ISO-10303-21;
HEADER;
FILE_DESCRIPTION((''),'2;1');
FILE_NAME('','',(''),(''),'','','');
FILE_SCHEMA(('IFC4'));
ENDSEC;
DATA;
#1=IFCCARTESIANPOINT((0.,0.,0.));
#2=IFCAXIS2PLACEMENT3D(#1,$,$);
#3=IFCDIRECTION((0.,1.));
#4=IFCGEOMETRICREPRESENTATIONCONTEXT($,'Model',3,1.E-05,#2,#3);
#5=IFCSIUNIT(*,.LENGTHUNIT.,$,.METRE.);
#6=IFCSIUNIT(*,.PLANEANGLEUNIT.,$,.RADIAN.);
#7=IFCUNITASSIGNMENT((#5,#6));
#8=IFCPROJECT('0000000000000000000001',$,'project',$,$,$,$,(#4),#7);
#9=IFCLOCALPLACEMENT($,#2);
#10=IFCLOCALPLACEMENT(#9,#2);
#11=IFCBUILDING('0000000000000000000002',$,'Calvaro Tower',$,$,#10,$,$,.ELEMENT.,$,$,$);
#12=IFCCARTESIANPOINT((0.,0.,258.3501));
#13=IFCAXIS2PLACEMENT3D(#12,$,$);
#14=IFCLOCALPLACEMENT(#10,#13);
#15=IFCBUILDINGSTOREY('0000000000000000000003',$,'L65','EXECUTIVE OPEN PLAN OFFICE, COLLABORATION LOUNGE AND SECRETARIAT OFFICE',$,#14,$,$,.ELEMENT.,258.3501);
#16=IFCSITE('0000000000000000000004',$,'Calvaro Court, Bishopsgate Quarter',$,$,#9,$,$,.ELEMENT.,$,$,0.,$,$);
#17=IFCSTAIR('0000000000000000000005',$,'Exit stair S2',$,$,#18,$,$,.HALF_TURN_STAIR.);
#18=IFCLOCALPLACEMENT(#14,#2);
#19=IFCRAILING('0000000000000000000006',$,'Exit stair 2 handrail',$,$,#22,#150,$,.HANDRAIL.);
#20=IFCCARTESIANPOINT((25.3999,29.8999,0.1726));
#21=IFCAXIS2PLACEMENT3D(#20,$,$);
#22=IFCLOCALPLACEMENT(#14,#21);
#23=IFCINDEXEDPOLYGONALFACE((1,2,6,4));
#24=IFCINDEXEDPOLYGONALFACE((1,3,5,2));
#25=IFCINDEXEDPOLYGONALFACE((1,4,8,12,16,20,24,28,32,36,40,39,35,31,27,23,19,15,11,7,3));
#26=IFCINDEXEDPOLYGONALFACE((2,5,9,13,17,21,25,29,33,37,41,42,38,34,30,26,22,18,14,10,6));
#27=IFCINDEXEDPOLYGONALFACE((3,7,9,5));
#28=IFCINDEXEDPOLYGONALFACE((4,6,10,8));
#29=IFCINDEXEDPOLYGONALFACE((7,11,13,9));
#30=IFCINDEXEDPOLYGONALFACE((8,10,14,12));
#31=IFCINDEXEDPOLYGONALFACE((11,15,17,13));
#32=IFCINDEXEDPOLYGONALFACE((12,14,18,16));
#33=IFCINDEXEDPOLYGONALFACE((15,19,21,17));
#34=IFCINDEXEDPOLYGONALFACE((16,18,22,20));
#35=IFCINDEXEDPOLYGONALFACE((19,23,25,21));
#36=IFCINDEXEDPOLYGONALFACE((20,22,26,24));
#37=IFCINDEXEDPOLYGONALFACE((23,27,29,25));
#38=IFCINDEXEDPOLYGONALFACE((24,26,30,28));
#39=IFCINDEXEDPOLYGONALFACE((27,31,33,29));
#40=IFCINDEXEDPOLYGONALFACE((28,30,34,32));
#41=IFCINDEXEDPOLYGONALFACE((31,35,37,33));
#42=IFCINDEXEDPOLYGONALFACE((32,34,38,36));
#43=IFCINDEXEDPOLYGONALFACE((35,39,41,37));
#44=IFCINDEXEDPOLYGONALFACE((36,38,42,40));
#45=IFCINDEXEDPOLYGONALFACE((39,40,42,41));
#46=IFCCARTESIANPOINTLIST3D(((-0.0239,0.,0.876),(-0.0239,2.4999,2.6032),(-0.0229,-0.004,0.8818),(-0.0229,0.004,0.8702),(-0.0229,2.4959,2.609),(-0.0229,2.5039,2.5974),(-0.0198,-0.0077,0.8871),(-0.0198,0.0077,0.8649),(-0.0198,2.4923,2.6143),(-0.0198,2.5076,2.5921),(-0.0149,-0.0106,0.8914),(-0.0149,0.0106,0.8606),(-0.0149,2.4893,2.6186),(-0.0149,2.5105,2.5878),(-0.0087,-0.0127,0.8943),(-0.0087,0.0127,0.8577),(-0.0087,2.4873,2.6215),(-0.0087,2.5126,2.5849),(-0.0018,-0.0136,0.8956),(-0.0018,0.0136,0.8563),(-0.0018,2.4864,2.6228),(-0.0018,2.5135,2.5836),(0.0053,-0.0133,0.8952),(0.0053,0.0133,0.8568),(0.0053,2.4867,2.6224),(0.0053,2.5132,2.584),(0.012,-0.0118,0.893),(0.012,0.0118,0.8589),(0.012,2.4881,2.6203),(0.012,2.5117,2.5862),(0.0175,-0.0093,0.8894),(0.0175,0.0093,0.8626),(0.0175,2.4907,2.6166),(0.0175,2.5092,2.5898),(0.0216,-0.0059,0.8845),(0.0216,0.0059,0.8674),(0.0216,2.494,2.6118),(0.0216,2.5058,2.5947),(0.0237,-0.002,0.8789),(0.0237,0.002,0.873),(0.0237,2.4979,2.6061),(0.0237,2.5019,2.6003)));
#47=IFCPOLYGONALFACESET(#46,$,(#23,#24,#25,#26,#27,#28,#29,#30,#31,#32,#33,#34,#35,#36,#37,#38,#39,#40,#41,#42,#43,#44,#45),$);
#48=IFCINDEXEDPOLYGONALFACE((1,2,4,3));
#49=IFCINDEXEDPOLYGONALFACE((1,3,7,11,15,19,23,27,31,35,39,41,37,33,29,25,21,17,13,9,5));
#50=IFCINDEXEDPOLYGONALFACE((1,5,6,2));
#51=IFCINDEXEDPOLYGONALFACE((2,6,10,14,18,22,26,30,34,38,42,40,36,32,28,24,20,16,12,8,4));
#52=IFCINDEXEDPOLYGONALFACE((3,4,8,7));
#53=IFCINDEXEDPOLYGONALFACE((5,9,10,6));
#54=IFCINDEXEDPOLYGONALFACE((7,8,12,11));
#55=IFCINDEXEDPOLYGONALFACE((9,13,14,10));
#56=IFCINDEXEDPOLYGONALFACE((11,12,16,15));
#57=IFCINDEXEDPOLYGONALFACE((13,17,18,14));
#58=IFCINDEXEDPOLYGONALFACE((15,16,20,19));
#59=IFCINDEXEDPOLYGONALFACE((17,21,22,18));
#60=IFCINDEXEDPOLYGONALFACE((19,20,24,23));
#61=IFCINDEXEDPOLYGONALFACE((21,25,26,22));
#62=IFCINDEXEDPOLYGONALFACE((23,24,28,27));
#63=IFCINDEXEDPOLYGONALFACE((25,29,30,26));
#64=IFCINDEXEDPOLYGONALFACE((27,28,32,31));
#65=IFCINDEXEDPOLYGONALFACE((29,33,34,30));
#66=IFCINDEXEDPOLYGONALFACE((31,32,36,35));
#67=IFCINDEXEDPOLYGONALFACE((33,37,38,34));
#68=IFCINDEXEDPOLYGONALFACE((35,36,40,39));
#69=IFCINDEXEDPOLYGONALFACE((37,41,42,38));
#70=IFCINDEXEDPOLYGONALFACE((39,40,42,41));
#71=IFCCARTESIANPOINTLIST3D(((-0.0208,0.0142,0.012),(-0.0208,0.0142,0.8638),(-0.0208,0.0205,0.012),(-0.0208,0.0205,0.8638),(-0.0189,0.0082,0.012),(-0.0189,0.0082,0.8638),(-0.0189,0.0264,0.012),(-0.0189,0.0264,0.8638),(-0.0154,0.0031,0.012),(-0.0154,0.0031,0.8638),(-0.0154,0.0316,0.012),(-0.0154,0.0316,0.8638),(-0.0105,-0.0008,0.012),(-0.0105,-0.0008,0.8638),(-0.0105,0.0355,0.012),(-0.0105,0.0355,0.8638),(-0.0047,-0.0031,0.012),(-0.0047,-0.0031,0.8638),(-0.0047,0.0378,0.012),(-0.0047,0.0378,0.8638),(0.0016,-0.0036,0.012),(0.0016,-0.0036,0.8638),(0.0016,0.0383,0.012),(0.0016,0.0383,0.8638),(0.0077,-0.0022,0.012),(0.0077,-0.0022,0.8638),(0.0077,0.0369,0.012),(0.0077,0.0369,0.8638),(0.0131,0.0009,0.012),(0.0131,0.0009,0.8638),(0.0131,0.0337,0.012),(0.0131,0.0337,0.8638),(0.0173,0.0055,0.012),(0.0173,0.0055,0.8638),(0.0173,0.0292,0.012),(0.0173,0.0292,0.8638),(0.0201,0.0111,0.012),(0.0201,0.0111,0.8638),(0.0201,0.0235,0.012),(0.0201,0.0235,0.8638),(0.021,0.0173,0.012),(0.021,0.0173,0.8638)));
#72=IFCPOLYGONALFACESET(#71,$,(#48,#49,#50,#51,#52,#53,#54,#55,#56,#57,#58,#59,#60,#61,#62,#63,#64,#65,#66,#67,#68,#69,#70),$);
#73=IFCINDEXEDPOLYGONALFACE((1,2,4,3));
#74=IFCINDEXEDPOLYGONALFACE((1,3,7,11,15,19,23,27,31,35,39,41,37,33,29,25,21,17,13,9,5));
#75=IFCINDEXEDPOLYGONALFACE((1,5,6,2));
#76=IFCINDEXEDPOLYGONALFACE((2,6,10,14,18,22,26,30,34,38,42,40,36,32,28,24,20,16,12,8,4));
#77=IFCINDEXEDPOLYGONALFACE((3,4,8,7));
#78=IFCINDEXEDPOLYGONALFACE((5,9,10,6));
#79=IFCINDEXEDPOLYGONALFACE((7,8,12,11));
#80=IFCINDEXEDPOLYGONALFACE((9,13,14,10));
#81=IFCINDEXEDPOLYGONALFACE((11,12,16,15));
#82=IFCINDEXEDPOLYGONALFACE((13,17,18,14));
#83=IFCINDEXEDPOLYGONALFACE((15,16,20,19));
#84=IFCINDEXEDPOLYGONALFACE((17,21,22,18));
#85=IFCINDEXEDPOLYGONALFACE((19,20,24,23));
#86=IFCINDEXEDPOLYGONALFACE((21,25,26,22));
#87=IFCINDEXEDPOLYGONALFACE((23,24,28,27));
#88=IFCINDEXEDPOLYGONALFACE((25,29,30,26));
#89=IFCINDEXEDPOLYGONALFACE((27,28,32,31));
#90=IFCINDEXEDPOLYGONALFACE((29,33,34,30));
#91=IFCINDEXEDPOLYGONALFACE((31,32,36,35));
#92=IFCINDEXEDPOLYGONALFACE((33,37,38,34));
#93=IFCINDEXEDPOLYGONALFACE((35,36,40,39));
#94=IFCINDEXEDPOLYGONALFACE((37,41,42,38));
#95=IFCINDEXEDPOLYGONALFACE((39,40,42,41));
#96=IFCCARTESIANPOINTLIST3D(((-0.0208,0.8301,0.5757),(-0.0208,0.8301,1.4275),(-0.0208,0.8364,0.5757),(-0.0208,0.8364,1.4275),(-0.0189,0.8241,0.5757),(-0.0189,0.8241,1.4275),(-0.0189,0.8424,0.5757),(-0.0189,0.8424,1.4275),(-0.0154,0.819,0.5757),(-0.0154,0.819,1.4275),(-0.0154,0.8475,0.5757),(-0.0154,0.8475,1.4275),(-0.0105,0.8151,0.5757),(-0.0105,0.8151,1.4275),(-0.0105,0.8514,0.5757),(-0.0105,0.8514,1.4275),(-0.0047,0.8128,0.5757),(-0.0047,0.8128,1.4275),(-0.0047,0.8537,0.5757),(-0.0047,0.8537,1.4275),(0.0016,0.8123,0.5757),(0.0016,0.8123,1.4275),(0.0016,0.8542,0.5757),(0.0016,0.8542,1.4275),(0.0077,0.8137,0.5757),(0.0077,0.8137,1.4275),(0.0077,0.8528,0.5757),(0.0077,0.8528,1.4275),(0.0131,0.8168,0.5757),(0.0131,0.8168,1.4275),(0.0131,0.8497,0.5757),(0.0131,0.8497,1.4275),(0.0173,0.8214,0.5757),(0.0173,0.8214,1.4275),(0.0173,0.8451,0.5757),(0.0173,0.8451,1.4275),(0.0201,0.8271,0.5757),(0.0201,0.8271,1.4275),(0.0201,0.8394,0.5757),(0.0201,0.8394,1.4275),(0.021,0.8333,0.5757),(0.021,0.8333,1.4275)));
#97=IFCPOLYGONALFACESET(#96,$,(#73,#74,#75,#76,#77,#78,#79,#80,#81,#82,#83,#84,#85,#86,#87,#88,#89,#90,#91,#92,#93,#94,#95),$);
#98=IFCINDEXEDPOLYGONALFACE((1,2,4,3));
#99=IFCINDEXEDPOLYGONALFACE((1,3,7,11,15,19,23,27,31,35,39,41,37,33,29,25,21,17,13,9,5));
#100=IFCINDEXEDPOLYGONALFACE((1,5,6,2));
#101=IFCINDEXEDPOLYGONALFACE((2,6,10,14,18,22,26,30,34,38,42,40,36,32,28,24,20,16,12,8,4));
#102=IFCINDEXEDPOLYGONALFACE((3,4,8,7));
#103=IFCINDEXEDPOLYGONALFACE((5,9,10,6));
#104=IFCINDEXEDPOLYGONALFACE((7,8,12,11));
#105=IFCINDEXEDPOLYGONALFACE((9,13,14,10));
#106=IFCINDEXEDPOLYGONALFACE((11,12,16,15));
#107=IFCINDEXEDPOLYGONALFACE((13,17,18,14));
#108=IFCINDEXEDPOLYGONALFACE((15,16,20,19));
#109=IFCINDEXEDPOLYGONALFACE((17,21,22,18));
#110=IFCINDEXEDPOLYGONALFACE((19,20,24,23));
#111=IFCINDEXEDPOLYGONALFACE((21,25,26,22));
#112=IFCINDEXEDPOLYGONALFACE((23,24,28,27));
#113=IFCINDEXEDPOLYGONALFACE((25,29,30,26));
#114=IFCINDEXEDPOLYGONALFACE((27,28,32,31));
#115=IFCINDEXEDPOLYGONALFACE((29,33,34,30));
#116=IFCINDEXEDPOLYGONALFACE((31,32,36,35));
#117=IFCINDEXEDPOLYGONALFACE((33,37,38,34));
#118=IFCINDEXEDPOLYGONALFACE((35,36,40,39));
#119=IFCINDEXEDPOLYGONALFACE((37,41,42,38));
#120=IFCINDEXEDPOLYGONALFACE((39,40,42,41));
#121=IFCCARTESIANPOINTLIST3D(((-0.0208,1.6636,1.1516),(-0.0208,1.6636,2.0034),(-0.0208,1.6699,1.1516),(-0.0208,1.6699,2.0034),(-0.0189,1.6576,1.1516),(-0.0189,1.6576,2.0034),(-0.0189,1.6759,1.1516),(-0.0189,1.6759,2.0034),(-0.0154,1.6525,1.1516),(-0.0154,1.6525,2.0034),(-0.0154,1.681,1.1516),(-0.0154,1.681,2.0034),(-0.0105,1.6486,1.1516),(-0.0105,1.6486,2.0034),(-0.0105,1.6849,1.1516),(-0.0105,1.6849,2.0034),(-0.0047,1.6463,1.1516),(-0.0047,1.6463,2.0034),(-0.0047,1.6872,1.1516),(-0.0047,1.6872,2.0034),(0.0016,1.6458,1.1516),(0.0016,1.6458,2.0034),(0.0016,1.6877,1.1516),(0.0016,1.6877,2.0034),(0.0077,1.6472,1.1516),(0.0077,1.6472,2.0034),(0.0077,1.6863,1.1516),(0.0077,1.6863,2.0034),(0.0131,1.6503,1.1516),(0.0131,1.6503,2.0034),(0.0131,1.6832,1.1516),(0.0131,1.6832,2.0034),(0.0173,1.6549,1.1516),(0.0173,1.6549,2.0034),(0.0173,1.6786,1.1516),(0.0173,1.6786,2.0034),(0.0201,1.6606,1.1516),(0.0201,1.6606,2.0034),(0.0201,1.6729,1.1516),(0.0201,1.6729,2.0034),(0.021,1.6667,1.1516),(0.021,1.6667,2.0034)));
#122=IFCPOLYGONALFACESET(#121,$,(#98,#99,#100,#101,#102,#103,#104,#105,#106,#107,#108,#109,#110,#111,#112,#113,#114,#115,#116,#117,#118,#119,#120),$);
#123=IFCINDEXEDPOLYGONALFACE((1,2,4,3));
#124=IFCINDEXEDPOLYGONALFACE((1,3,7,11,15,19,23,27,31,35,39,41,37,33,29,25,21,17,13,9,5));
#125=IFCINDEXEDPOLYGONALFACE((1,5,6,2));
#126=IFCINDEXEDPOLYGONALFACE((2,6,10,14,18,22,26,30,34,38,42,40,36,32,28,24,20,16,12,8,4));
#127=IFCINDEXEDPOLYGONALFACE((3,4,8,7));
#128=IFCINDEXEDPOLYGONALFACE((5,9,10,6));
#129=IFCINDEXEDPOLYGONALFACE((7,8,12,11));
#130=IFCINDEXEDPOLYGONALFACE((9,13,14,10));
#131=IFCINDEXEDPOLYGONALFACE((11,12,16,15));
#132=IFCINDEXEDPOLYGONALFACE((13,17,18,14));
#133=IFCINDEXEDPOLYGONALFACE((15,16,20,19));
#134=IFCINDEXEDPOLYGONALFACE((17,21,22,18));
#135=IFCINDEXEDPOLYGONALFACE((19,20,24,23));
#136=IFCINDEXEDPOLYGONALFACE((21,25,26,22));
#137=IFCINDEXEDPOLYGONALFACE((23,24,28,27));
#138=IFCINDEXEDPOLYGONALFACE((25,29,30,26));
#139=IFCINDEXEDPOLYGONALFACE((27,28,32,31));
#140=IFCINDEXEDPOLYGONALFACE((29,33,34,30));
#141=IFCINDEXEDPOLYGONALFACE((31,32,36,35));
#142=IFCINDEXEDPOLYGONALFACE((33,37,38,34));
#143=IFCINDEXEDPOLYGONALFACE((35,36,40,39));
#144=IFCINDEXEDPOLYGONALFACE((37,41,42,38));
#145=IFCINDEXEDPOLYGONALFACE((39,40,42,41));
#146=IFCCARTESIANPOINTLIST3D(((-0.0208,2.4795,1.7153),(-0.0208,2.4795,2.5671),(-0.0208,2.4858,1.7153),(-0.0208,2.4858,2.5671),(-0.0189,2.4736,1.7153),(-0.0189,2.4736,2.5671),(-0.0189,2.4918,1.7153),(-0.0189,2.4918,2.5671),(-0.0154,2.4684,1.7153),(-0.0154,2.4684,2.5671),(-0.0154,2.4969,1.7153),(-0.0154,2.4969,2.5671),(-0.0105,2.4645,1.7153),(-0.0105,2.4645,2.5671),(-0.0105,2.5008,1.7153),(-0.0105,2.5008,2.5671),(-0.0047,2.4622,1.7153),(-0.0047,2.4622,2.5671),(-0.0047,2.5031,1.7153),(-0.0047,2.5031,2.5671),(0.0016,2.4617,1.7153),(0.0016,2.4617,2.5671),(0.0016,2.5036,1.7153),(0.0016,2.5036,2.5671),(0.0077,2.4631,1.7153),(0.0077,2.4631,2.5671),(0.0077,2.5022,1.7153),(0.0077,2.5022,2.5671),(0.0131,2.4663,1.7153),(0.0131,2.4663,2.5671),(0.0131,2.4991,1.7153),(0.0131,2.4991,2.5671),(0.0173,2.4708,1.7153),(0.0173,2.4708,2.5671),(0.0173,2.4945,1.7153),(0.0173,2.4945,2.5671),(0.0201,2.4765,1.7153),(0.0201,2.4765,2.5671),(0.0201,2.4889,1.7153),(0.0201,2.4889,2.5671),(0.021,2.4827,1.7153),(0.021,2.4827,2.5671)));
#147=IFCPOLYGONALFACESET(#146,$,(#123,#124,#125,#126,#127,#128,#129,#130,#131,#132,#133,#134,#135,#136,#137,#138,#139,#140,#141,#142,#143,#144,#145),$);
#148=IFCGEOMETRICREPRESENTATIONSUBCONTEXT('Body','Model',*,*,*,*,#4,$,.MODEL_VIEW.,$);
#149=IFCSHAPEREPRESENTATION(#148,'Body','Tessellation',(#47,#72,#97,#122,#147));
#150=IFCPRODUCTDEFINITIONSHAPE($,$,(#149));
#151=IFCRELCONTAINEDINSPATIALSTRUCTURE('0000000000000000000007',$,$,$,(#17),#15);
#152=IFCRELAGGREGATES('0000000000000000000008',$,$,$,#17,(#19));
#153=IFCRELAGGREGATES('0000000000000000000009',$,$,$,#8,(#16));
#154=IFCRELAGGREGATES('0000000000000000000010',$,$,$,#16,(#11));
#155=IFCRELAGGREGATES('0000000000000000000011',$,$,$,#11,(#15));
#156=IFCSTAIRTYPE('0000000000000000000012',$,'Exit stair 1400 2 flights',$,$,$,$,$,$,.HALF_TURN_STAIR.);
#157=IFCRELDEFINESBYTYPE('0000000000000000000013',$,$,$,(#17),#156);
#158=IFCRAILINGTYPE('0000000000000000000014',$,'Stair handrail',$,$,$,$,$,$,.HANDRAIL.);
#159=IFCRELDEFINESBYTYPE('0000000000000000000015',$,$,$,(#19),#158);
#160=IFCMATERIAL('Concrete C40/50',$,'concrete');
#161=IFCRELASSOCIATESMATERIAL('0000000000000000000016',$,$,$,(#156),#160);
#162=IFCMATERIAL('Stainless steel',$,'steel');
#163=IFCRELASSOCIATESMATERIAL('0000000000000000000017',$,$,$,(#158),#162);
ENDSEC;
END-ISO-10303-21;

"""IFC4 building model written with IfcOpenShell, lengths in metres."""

from ifc_helpers import new_model, si_unit, direction, frame, origin, origin_2d, place, context, subcontext, project, spatial, circle, extrude, material, type_object, element, aggregate, save


model = new_model("IFC4")

# Units and contexts
model_context = context("Model", 3, precision=1e-05, world=origin(), true_north=direction((0.0, 1.0)))
body_context = subcontext(model_context, "Body", "Model", "MODEL_VIEW")
ifc_project = project(units=[si_unit("LENGTHUNIT", "METRE"), si_unit("PLANEANGLEUNIT", "RADIAN")], contexts=[model_context])

# Site, building, storey
site_placement = place(None, origin())
site = spatial("IfcSite", under=ifc_project, at=site_placement, Name="Calvaro Court, Bishopsgate Quarter", CompositionType="ELEMENT", RefElevation=0.0)
building_placement = place(site_placement, origin())
building = spatial("IfcBuilding", under=site, at=building_placement, Name="Calvaro Tower", CompositionType="ELEMENT")
storey_placement = place(building_placement, frame((0.0, 0.0, 258.3501)))
storey = spatial("IfcBuildingStorey", under=building, at=storey_placement, Name="L65", Description="EXECUTIVE OPEN PLAN OFFICE, COLLABORATION LOUNGE AND SECRETARIAT OFFICE", CompositionType="ELEMENT", Elevation=258.3501)

# Stair, railing
ifc_material_1 = material(Name="Concrete C40/50", Category="concrete")
stair_type = type_object("IfcStairType", Name="Exit stair 1400 2 flights", PredefinedType="HALF_TURN_STAIR", material=ifc_material_1)
stair_placement = place(storey_placement, origin())
stair = element("IfcStair", 1, at=stair_placement, inside=storey, type_object=stair_type, Name="Exit stair S2", PredefinedType="HALF_TURN_STAIR")
ifc_material_2 = material(Name="Stainless steel", Category="steel")
railing_type = type_object("IfcRailingType", Name="Stair handrail", PredefinedType="HANDRAIL", material=ifc_material_2)
railing_1_placement = place(storey_placement, frame((25.3999, 29.8999, 0.1726)))
railing_1 = element("IfcRailing", 2, at=railing_1_placement, type_object=railing_type, Name="Exit stair 2 handrail", PredefinedType="HANDRAIL", context=body_context, shape_type="SweptSolid", body=[
    extrude(circle(Radius=0.0239, at=origin_2d()), frame((0.0, 0.0, 0.876), z_axis=(0.0, 0.822727, 0.568437), x_axis=(-1.0, 0.0, 0.0)), (0.0, 0.0, 1.0), 3.0386),
    extrude(circle(Radius=0.021, at=origin_2d()), frame((0.0, 0.0173, 0.012)), (0.0, 0.0, 1.0), 0.8518),
    extrude(circle(Radius=0.021, at=origin_2d()), frame((0.0, 0.8333, 0.5757)), (0.0, 0.0, 1.0), 0.8518),
    extrude(circle(Radius=0.021, at=origin_2d()), frame((0.0, 1.6667, 1.1516)), (0.0, 0.0, 1.0), 0.8518),
    extrude(circle(Radius=0.021, at=origin_2d()), frame((0.0, 2.4827, 1.7153)), (0.0, 0.0, 1.0), 0.8518),
])
aggregate(stair, [railing_1])

save(model, "model.ifc")
